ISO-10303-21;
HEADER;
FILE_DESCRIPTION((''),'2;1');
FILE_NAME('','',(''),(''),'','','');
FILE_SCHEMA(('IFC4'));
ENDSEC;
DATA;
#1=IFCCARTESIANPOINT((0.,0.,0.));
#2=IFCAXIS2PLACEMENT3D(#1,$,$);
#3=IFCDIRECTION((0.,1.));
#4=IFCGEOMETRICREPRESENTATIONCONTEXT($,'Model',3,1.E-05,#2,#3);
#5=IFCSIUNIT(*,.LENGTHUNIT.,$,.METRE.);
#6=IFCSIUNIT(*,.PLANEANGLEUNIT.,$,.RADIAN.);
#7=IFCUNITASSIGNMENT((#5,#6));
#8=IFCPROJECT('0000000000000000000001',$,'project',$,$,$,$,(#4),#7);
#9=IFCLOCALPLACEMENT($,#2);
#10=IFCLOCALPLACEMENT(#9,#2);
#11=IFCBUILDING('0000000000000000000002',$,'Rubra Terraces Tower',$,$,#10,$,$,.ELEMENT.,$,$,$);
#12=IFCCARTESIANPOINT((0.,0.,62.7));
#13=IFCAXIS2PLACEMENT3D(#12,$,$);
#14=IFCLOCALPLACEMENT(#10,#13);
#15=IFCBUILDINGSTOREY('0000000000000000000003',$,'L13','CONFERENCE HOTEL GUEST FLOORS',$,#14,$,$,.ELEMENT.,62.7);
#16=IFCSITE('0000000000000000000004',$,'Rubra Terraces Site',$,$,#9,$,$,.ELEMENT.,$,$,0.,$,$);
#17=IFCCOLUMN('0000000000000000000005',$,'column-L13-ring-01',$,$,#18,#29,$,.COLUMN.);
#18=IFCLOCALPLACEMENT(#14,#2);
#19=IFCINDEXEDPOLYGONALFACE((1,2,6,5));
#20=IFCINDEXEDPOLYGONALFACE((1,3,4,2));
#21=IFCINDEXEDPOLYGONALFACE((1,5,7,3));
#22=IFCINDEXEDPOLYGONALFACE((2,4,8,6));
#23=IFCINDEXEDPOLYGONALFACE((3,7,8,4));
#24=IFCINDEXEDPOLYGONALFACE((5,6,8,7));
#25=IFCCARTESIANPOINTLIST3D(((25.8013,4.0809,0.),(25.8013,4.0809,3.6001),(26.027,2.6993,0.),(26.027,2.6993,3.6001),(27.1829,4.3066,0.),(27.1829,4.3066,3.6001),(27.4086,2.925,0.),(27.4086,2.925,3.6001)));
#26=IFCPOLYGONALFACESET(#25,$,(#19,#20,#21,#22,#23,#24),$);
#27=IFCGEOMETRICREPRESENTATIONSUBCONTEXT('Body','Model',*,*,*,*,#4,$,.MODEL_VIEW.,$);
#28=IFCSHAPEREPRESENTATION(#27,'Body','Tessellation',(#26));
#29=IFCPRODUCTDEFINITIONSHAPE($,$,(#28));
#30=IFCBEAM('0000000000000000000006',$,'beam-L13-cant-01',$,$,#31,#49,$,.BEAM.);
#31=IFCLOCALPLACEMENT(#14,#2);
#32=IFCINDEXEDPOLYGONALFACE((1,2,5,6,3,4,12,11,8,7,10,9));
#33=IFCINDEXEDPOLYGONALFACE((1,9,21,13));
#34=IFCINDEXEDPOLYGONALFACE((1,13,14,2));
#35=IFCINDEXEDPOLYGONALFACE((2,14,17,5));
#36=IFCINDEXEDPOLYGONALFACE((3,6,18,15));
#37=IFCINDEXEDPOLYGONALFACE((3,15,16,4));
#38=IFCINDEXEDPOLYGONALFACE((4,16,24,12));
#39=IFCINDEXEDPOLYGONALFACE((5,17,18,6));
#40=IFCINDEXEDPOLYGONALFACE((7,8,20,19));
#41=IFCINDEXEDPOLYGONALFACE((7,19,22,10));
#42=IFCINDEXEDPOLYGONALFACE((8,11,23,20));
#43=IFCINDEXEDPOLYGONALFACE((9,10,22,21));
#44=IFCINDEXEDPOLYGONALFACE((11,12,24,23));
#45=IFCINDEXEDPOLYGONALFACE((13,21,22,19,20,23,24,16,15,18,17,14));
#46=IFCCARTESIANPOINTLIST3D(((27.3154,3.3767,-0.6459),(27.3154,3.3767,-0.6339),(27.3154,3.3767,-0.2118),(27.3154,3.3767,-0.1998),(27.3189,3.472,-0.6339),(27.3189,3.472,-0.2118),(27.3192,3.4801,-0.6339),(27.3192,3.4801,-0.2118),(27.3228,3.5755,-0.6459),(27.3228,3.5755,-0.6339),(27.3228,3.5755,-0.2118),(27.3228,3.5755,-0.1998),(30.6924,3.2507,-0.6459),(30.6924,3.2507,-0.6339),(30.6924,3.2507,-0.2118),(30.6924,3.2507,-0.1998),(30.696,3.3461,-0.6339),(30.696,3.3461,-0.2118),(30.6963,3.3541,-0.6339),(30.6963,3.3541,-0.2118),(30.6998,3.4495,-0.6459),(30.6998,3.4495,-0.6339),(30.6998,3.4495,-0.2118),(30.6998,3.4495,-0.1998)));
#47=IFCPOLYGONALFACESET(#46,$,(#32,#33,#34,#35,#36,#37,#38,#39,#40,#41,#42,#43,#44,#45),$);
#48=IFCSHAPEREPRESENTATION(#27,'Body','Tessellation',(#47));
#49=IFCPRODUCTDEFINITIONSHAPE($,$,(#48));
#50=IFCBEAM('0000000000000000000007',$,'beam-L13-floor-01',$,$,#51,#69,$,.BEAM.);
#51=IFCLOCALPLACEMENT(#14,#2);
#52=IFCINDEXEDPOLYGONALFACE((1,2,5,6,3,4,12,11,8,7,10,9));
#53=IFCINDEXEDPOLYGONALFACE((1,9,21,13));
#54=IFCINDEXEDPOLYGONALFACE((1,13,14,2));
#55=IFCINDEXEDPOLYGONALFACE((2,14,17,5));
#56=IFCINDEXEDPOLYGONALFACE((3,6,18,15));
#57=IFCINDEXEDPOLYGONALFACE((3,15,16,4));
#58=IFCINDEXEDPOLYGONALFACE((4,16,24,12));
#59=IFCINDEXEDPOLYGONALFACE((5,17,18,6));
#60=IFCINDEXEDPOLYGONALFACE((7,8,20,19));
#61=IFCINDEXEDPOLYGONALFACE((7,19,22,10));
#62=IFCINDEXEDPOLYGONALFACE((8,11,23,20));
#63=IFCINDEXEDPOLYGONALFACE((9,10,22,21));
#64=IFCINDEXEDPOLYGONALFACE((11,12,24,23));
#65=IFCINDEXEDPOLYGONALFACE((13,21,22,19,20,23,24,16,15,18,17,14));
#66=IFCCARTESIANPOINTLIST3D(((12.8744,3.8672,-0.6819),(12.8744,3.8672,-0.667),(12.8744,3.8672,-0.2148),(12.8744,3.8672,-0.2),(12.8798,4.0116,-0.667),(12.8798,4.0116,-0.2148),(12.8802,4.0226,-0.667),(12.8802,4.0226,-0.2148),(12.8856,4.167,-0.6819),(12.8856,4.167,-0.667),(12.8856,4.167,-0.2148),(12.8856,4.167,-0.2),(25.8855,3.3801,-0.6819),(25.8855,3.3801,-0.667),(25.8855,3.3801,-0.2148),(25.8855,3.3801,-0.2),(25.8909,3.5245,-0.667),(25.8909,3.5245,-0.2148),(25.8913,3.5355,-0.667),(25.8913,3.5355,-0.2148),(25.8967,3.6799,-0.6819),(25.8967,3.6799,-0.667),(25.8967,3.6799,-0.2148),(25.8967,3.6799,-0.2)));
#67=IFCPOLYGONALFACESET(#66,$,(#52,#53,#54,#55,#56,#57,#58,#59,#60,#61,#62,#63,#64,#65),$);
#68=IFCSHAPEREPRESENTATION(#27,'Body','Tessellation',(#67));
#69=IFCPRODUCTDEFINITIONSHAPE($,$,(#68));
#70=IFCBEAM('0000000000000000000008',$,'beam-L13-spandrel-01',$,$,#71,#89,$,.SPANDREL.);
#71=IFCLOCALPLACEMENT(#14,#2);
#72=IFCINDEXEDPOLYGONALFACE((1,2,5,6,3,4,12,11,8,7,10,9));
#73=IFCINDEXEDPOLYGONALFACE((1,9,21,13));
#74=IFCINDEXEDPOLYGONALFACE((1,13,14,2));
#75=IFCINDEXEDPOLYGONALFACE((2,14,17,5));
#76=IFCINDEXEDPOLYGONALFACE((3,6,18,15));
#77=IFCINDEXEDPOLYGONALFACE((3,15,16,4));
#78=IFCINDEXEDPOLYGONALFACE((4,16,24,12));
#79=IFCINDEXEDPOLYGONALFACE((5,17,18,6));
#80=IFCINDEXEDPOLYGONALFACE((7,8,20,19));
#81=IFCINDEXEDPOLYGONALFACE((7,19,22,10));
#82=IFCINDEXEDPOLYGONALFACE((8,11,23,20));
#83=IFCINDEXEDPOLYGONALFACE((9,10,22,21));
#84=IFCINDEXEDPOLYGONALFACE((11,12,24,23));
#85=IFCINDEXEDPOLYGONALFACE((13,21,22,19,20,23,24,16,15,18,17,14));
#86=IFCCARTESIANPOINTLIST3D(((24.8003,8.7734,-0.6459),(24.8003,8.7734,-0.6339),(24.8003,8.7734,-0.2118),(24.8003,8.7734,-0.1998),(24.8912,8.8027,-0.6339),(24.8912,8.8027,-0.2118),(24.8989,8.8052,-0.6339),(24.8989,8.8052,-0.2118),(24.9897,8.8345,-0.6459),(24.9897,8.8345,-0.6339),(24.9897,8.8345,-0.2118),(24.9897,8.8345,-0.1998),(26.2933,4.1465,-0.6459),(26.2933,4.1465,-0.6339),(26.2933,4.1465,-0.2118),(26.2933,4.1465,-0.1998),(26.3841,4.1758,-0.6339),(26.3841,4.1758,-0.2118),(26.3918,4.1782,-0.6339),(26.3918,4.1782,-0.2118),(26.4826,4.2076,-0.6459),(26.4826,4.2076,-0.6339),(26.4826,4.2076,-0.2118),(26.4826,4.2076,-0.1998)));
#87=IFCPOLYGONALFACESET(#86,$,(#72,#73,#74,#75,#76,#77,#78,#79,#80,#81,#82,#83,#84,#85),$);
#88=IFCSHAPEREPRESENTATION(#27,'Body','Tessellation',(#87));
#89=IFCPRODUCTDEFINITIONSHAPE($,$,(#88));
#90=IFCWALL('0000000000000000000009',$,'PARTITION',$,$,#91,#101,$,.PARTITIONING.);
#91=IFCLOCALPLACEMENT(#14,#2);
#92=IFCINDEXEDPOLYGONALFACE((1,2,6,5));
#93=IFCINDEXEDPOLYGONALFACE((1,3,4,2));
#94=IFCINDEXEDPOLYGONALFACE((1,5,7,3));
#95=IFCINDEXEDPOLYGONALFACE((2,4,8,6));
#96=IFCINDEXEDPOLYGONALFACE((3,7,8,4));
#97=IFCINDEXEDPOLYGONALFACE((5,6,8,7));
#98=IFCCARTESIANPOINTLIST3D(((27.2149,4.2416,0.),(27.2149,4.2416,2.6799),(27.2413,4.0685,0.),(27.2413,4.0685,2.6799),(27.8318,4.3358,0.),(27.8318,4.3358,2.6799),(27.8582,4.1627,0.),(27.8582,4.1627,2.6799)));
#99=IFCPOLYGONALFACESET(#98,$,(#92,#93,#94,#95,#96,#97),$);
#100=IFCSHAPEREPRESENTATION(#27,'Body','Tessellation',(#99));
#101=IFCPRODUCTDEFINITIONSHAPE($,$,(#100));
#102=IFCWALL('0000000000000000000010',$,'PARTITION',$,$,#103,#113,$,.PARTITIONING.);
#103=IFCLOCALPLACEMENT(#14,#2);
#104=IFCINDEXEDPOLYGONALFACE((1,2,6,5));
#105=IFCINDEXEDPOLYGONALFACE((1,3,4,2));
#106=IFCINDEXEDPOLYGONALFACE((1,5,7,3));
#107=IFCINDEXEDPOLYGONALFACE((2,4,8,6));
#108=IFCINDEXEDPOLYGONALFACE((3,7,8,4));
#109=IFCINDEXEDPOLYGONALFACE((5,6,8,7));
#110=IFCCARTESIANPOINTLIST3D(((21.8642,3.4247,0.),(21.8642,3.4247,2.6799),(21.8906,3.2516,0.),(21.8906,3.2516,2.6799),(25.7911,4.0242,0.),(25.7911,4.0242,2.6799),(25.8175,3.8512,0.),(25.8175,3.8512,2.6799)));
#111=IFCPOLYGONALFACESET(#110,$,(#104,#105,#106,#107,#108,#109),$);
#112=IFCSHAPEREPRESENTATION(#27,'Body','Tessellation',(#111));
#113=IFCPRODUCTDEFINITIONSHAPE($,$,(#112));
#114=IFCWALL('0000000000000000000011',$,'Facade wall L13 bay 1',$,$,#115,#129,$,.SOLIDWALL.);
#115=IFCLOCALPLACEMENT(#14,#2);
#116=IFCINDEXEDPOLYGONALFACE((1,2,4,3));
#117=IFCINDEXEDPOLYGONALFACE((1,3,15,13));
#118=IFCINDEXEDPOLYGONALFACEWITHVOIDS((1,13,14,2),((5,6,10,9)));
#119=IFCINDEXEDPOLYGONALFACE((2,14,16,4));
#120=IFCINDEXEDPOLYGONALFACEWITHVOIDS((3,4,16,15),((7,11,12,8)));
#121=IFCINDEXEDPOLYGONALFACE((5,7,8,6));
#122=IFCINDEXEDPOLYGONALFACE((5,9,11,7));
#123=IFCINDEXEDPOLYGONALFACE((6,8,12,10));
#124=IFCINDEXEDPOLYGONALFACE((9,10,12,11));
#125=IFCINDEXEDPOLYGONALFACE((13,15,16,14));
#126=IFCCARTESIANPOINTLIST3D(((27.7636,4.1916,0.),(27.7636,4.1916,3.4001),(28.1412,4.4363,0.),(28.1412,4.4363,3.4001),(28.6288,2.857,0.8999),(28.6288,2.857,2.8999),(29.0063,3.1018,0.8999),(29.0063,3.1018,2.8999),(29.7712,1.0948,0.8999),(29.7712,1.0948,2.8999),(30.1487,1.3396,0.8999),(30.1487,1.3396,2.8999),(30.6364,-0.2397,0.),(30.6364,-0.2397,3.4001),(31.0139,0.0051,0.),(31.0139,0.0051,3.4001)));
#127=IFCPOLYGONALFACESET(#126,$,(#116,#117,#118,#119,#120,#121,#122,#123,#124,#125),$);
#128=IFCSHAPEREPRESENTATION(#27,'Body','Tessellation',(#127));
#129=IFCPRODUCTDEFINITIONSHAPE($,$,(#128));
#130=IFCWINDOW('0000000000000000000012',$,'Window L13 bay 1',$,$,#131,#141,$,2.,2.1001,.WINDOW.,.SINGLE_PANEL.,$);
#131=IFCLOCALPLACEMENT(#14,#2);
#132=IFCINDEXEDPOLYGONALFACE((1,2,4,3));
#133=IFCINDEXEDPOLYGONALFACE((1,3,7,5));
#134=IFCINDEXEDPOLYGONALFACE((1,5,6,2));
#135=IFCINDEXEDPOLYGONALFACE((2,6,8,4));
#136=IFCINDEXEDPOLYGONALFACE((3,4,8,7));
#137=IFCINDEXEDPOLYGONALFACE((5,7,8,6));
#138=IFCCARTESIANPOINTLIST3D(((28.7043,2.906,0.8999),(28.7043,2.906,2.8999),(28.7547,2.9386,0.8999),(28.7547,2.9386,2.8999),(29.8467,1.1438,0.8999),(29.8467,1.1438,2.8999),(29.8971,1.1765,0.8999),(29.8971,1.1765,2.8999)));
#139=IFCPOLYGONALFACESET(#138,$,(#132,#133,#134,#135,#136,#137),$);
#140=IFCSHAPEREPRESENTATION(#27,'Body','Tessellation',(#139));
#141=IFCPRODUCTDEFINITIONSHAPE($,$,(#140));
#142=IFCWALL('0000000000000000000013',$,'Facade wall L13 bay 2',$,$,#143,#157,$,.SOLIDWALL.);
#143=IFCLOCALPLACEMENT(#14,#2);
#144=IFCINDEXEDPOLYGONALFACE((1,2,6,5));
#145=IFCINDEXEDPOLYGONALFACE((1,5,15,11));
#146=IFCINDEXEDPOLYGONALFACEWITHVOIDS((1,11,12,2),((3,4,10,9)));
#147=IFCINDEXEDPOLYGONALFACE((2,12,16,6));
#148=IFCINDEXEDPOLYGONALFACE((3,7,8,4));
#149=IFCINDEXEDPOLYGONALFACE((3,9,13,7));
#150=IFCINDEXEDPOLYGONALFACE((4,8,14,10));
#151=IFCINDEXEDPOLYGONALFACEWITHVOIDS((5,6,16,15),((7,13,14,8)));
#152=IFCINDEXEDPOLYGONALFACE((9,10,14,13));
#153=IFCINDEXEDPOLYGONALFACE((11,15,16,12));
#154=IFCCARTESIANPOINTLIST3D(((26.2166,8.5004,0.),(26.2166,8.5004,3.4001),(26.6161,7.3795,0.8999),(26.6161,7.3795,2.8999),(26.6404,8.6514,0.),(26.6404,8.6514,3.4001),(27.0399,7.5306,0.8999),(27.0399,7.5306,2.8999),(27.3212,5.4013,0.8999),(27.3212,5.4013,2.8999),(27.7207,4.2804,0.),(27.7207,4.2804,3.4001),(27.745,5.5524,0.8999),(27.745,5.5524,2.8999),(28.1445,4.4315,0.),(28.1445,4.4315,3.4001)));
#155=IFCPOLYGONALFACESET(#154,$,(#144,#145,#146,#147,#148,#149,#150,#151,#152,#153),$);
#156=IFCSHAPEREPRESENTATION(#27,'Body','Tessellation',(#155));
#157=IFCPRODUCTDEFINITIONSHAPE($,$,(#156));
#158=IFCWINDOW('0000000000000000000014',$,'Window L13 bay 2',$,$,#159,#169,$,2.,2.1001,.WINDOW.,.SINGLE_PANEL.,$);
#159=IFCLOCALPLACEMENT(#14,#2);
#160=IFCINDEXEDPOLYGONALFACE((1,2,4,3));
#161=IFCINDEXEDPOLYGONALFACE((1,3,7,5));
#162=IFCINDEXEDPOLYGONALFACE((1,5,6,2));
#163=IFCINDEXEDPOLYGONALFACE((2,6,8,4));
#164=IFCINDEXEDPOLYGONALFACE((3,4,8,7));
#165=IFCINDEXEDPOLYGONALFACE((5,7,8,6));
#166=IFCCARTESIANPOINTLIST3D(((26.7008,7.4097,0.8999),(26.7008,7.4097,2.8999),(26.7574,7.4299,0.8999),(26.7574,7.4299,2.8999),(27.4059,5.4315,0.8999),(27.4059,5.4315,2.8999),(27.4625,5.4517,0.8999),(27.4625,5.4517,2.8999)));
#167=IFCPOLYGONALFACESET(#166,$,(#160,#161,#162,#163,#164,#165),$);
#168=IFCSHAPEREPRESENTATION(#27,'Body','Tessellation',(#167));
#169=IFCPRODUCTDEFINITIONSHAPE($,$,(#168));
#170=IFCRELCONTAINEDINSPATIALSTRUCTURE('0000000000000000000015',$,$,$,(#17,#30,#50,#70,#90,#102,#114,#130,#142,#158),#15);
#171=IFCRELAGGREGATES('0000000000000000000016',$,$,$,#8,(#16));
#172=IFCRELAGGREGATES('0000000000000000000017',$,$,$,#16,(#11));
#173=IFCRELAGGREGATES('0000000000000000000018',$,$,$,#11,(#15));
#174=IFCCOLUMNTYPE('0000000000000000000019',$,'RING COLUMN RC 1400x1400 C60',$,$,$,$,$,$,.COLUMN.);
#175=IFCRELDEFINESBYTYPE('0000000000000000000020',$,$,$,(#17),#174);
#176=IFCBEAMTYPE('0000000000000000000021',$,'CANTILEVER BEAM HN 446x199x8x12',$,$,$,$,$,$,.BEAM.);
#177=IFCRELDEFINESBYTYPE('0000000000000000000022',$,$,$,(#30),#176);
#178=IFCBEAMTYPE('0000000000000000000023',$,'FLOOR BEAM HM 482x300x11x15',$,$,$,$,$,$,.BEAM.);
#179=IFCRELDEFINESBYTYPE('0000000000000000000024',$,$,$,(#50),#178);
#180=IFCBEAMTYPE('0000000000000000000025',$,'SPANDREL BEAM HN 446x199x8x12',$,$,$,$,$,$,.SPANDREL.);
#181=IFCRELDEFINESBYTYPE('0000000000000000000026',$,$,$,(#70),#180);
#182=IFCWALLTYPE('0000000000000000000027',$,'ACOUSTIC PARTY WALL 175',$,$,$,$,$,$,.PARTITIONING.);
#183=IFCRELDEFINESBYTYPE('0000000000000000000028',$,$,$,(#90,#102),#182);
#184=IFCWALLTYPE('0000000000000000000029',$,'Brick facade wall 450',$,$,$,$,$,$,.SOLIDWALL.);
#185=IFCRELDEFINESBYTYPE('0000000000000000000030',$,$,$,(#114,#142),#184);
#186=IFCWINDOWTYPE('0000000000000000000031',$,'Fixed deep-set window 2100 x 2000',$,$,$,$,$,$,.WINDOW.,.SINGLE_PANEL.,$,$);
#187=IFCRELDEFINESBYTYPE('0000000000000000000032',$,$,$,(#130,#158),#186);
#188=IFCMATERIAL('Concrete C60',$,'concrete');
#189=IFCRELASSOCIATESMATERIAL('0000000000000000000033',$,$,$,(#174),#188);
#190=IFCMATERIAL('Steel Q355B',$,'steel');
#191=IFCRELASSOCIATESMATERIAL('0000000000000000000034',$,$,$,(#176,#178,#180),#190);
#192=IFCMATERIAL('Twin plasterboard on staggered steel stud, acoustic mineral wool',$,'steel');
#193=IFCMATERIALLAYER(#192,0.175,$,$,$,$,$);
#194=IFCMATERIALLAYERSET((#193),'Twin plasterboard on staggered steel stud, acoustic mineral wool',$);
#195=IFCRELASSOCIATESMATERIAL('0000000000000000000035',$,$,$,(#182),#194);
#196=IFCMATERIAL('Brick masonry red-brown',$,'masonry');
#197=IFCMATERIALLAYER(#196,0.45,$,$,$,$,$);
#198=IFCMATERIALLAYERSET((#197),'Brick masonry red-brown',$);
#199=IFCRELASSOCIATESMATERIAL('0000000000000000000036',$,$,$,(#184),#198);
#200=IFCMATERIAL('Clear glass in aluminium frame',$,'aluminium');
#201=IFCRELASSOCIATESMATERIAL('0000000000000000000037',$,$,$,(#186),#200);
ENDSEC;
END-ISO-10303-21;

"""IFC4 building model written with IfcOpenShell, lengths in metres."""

from ifc_helpers import new_model, si_unit, direction, frame, frame_2d, origin, origin_2d, place, context, subcontext, project, spatial, rectangle, i_section, extrude, material, layer, layer_set, material_profile, profile_set, type_object, element, fill, save


model = new_model("IFC4")

# Units and contexts
model_context = context("Model", 3, precision=1e-05, world=origin(), true_north=direction((0.0, 1.0)))
body_context = subcontext(model_context, "Body", "Model", "MODEL_VIEW")
ifc_project = project(units=[si_unit("LENGTHUNIT", "METRE"), si_unit("PLANEANGLEUNIT", "RADIAN")], contexts=[model_context])

# Site, building, storey
site_placement = place(None, origin())
site = spatial("IfcSite", under=ifc_project, at=site_placement, Name="Rubra Terraces Site", CompositionType="ELEMENT", RefElevation=0.0)
building_placement = place(site_placement, origin())
building = spatial("IfcBuilding", under=site, at=building_placement, Name="Rubra Terraces Tower", CompositionType="ELEMENT")
storey_placement = place(building_placement, frame((0.0, 0.0, 62.7)))
storey = spatial("IfcBuildingStorey", under=building, at=storey_placement, Name="L13", Description="CONFERENCE HOTEL GUEST FLOORS", CompositionType="ELEMENT", Elevation=62.7)

# Column
ifc_material_1 = material(Name="Concrete C60", Category="concrete")
ifc_material_profile_1 = material_profile(ifc_material_1, rectangle(XDim=1.3999, YDim=1.3999, at=origin_2d()), Name="RC 1400x1400")
ifc_profile_set_1 = profile_set([ifc_material_profile_1], Name="Concrete C60")
column_type = type_object("IfcColumnType", Name="RING COLUMN RC 1400x1400 C60", PredefinedType="COLUMN", material=ifc_profile_set_1)
column_placement = place(storey_placement, frame((26.605, 3.5029, 0.0), z_axis=(0.0, 0.0, 1.0), x_axis=(-0.161234, 0.986916, 0.0)))
element("IfcColumn", 1, at=column_placement, inside=storey, type_object=column_type, Name="column-L13-ring-01", PredefinedType="COLUMN", context=body_context, shape_type="SweptSolid", body=[
    extrude(rectangle(XDim=1.3999, YDim=1.3999, at=origin_2d()), origin(), (0.0, 0.0, 1.0), 3.6001),
])

# Beams
ifc_material_2 = material(Name="Steel Q355B", Category="steel")
ifc_material_profile_2 = material_profile(ifc_material_2, i_section(OverallWidth=0.199, OverallDepth=0.446, WebThickness=0.0081, FlangeThickness=0.012, at=origin_2d()), Name="HN 446x199x8x12")
ifc_profile_set_2 = profile_set([ifc_material_profile_2], Name="Steel Q355B")
beam_type_1 = type_object("IfcBeamType", Name="CANTILEVER BEAM HN 446x199x8x12", PredefinedType="BEAM", material=ifc_profile_set_2)
beam_1_placement = place(storey_placement, frame((27.3191, 3.4761, -0.4229), z_axis=(0.999305, -0.037279, 0.0), x_axis=(0.037279, 0.999305, 0.0)))
element("IfcBeam", 2, at=beam_1_placement, inside=storey, type_object=beam_type_1, Name="beam-L13-cant-01", PredefinedType="BEAM", context=body_context, shape_type="SweptSolid", body=[
    extrude(i_section(OverallWidth=0.199, OverallDepth=0.446, WebThickness=0.0081, FlangeThickness=0.012, at=origin_2d()), origin(), (0.0, 0.0, 1.0), 3.3794),
])
ifc_material_profile_3 = material_profile(ifc_material_2, i_section(OverallWidth=0.3, OverallDepth=0.4819, WebThickness=0.011, FlangeThickness=0.0149, at=origin_2d()), Name="HM 482x300x11x15")
ifc_profile_set_3 = profile_set([ifc_material_profile_3], Name="Steel Q355B")
beam_type_2 = type_object("IfcBeamType", Name="FLOOR BEAM HM 482x300x11x15", PredefinedType="BEAM", material=ifc_profile_set_3)
beam_2_placement = place(storey_placement, frame((25.8911, 3.53, -0.4409), z_axis=(-0.9993, 0.037408, 0.0), x_axis=(-0.037408, -0.9993, 0.0)))
element("IfcBeam", 3, at=beam_2_placement, inside=storey, type_object=beam_type_2, Name="beam-L13-floor-01", PredefinedType="BEAM", context=body_context, shape_type="SweptSolid", body=[
    extrude(i_section(OverallWidth=0.3, OverallDepth=0.4819, WebThickness=0.011, FlangeThickness=0.0149, at=origin_2d()), origin(), (0.0, 0.0, 1.0), 13.0203),
])
ifc_material_profile_4 = material_profile(ifc_material_2, i_section(OverallWidth=0.199, OverallDepth=0.446, WebThickness=0.0081, FlangeThickness=0.012, at=origin_2d()), Name="HN 446x199x8x12")
ifc_profile_set_4 = profile_set([ifc_material_profile_4], Name="Steel Q355B")
beam_type_3 = type_object("IfcBeamType", Name="SPANDREL BEAM HN 446x199x8x12", PredefinedType="SPANDREL", material=ifc_profile_set_4)
beam_3_placement = place(storey_placement, frame((26.3879, 4.177, -0.4229), z_axis=(-0.307069, 0.951687, 0.0), x_axis=(-0.951687, -0.307069, 0.0)))
element("IfcBeam", 4, at=beam_3_placement, inside=storey, type_object=beam_type_3, Name="beam-L13-spandrel-01", PredefinedType="SPANDREL", context=body_context, shape_type="SweptSolid", body=[
    extrude(i_section(OverallWidth=0.199, OverallDepth=0.446, WebThickness=0.0081, FlangeThickness=0.012, at=origin_2d()), origin(), (0.0, 0.0, 1.0), 4.8618),
])

# Walls
ifc_material_3 = material(Name="Twin plasterboard on staggered steel stud, acoustic mineral wool", Category="steel")
ifc_layer_1 = layer(ifc_material_3, 0.175)
ifc_layer_set_1 = layer_set([ifc_layer_1], Name="Twin plasterboard on staggered steel stud, acoustic mineral wool")
wall_type_1 = type_object("IfcWallType", Name="ACOUSTIC PARTY WALL 175", PredefinedType="PARTITIONING", material=ifc_layer_set_1)
wall_1_placement = place(storey_placement, frame((27.845, 4.2493, 0.0), z_axis=(0.0, 0.0, 1.0), x_axis=(-0.988534, -0.150999, 0.0)))
element("IfcWall", 5, at=wall_1_placement, inside=storey, type_object=wall_type_1, Name="PARTITION", PredefinedType="PARTITIONING", context=body_context, shape_type="SweptSolid", body=[
    extrude(rectangle(XDim=0.624, YDim=0.175, at=frame_2d((0.312, 0.0))), origin(), (0.0, 0.0, 1.0), 2.6799),
])
wall_2_placement = place(storey_placement, frame((25.8044, 3.9377, 0.0), z_axis=(0.0, 0.0, 1.0), x_axis=(-0.988543, -0.150939, 0.0)))
element("IfcWall", 6, at=wall_2_placement, inside=storey, type_object=wall_type_1, Name="PARTITION", PredefinedType="PARTITIONING", context=body_context, shape_type="SweptSolid", body=[
    extrude(rectangle(XDim=3.9724, YDim=0.175, at=frame_2d((1.9863, 0.0))), origin(), (0.0, 0.0, 1.0), 2.6799),
])

# Walls, openings, windows
ifc_material_4 = material(Name="Brick masonry red-brown", Category="masonry")
ifc_layer_2 = layer(ifc_material_4, 0.45)
ifc_layer_set_2 = layer_set([ifc_layer_2], Name="Brick masonry red-brown")
wall_type_2 = type_object("IfcWallType", Name="Brick facade wall 450", PredefinedType="SOLIDWALL", material=ifc_layer_set_2)
wall_3_placement = place(storey_placement, frame((30.8252, -0.1174, 0.0), z_axis=(0.0, 0.0, 1.0), x_axis=(-0.543976, 0.839101, 0.0)))
wall_3 = element("IfcWall", 7, at=wall_3_placement, inside=storey, type_object=wall_type_2, Name="Facade wall L13 bay 1", PredefinedType="SOLIDWALL", context=body_context, shape_type="SweptSolid", body=[
    extrude(rectangle(XDim=5.281, YDim=0.45, at=frame_2d((2.6406, 0.0))), origin(), (0.0, 0.0, 1.0), 3.4001),
])
opening_1_placement = place(wall_3_placement, frame((1.5906, 0.0, 0.8999)))
opening_1 = element("IfcOpeningElement", 8, at=opening_1_placement, cuts=wall_3, PredefinedType="OPENING", context=body_context, shape_type="SweptSolid", body=[
    extrude(rectangle(XDim=2.1001, YDim=2.0, at=frame_2d((1.05, 1.0))), frame((0.0, 0.2349, 0.0), z_axis=(0.0, -1.0, 0.0), x_axis=(1.0, 0.0, 0.0)), (0.0, 0.0, 1.0), 0.47),
])
ifc_material_5 = material(Name="Clear glass in aluminium frame", Category="aluminium")
window_type = type_object("IfcWindowType", Name="Fixed deep-set window 2100 x 2000", PartitioningType="SINGLE_PANEL", PredefinedType="WINDOW", material=ifc_material_5)
window_1_placement = place(opening_1_placement, origin())
window_1 = element("IfcWindow", 9, at=window_1_placement, inside=storey, type_object=window_type, Name="Window L13 bay 1", OverallHeight=2.0, OverallWidth=2.1001, PartitioningType="SINGLE_PANEL", PredefinedType="WINDOW", context=body_context, shape_type="SweptSolid", body=[
    extrude(rectangle(XDim=2.1001, YDim=2.0, at=frame_2d((1.05, 1.0))), frame((0.0, 0.135, 0.0), z_axis=(0.0, -1.0, 0.0), x_axis=(1.0, 0.0, 0.0)), (0.0, 0.0, 1.0), 0.0601),
])
fill(opening_1, window_1)
wall_4_placement = place(storey_placement, frame((27.9326, 4.356, 0.0), z_axis=(0.0, 0.0, 1.0), x_axis=(-0.335746, 0.941953, 0.0)))
wall_4 = element("IfcWall", 10, at=wall_4_placement, inside=storey, type_object=wall_type_2, Name="Facade wall L13 bay 2", PredefinedType="SOLIDWALL", context=body_context, shape_type="SweptSolid", body=[
    extrude(rectangle(XDim=4.48, YDim=0.45, at=frame_2d((2.24, 0.0))), origin(), (0.0, 0.0, 1.0), 3.4001),
])
opening_2_placement = place(wall_4_placement, frame((1.1899, 0.0, 0.8999)))
opening_2 = element("IfcOpeningElement", 11, at=opening_2_placement, cuts=wall_4, PredefinedType="OPENING", context=body_context, shape_type="SweptSolid", body=[
    extrude(rectangle(XDim=2.1001, YDim=2.0, at=frame_2d((1.05, 1.0))), frame((0.0, 0.2349, 0.0), z_axis=(0.0, -1.0, 0.0), x_axis=(1.0, 0.0, 0.0)), (0.0, 0.0, 1.0), 0.47),
])
window_2_placement = place(opening_2_placement, origin())
window_2 = element("IfcWindow", 12, at=window_2_placement, inside=storey, type_object=window_type, Name="Window L13 bay 2", OverallHeight=2.0, OverallWidth=2.1001, PartitioningType="SINGLE_PANEL", PredefinedType="WINDOW", context=body_context, shape_type="SweptSolid", body=[
    extrude(rectangle(XDim=2.1001, YDim=2.0, at=frame_2d((1.05, 1.0))), frame((0.0, 0.135, 0.0), z_axis=(0.0, -1.0, 0.0), x_axis=(1.0, 0.0, 0.0)), (0.0, 0.0, 1.0), 0.0601),
])
fill(opening_2, window_2)

save(model, "model.ifc")
